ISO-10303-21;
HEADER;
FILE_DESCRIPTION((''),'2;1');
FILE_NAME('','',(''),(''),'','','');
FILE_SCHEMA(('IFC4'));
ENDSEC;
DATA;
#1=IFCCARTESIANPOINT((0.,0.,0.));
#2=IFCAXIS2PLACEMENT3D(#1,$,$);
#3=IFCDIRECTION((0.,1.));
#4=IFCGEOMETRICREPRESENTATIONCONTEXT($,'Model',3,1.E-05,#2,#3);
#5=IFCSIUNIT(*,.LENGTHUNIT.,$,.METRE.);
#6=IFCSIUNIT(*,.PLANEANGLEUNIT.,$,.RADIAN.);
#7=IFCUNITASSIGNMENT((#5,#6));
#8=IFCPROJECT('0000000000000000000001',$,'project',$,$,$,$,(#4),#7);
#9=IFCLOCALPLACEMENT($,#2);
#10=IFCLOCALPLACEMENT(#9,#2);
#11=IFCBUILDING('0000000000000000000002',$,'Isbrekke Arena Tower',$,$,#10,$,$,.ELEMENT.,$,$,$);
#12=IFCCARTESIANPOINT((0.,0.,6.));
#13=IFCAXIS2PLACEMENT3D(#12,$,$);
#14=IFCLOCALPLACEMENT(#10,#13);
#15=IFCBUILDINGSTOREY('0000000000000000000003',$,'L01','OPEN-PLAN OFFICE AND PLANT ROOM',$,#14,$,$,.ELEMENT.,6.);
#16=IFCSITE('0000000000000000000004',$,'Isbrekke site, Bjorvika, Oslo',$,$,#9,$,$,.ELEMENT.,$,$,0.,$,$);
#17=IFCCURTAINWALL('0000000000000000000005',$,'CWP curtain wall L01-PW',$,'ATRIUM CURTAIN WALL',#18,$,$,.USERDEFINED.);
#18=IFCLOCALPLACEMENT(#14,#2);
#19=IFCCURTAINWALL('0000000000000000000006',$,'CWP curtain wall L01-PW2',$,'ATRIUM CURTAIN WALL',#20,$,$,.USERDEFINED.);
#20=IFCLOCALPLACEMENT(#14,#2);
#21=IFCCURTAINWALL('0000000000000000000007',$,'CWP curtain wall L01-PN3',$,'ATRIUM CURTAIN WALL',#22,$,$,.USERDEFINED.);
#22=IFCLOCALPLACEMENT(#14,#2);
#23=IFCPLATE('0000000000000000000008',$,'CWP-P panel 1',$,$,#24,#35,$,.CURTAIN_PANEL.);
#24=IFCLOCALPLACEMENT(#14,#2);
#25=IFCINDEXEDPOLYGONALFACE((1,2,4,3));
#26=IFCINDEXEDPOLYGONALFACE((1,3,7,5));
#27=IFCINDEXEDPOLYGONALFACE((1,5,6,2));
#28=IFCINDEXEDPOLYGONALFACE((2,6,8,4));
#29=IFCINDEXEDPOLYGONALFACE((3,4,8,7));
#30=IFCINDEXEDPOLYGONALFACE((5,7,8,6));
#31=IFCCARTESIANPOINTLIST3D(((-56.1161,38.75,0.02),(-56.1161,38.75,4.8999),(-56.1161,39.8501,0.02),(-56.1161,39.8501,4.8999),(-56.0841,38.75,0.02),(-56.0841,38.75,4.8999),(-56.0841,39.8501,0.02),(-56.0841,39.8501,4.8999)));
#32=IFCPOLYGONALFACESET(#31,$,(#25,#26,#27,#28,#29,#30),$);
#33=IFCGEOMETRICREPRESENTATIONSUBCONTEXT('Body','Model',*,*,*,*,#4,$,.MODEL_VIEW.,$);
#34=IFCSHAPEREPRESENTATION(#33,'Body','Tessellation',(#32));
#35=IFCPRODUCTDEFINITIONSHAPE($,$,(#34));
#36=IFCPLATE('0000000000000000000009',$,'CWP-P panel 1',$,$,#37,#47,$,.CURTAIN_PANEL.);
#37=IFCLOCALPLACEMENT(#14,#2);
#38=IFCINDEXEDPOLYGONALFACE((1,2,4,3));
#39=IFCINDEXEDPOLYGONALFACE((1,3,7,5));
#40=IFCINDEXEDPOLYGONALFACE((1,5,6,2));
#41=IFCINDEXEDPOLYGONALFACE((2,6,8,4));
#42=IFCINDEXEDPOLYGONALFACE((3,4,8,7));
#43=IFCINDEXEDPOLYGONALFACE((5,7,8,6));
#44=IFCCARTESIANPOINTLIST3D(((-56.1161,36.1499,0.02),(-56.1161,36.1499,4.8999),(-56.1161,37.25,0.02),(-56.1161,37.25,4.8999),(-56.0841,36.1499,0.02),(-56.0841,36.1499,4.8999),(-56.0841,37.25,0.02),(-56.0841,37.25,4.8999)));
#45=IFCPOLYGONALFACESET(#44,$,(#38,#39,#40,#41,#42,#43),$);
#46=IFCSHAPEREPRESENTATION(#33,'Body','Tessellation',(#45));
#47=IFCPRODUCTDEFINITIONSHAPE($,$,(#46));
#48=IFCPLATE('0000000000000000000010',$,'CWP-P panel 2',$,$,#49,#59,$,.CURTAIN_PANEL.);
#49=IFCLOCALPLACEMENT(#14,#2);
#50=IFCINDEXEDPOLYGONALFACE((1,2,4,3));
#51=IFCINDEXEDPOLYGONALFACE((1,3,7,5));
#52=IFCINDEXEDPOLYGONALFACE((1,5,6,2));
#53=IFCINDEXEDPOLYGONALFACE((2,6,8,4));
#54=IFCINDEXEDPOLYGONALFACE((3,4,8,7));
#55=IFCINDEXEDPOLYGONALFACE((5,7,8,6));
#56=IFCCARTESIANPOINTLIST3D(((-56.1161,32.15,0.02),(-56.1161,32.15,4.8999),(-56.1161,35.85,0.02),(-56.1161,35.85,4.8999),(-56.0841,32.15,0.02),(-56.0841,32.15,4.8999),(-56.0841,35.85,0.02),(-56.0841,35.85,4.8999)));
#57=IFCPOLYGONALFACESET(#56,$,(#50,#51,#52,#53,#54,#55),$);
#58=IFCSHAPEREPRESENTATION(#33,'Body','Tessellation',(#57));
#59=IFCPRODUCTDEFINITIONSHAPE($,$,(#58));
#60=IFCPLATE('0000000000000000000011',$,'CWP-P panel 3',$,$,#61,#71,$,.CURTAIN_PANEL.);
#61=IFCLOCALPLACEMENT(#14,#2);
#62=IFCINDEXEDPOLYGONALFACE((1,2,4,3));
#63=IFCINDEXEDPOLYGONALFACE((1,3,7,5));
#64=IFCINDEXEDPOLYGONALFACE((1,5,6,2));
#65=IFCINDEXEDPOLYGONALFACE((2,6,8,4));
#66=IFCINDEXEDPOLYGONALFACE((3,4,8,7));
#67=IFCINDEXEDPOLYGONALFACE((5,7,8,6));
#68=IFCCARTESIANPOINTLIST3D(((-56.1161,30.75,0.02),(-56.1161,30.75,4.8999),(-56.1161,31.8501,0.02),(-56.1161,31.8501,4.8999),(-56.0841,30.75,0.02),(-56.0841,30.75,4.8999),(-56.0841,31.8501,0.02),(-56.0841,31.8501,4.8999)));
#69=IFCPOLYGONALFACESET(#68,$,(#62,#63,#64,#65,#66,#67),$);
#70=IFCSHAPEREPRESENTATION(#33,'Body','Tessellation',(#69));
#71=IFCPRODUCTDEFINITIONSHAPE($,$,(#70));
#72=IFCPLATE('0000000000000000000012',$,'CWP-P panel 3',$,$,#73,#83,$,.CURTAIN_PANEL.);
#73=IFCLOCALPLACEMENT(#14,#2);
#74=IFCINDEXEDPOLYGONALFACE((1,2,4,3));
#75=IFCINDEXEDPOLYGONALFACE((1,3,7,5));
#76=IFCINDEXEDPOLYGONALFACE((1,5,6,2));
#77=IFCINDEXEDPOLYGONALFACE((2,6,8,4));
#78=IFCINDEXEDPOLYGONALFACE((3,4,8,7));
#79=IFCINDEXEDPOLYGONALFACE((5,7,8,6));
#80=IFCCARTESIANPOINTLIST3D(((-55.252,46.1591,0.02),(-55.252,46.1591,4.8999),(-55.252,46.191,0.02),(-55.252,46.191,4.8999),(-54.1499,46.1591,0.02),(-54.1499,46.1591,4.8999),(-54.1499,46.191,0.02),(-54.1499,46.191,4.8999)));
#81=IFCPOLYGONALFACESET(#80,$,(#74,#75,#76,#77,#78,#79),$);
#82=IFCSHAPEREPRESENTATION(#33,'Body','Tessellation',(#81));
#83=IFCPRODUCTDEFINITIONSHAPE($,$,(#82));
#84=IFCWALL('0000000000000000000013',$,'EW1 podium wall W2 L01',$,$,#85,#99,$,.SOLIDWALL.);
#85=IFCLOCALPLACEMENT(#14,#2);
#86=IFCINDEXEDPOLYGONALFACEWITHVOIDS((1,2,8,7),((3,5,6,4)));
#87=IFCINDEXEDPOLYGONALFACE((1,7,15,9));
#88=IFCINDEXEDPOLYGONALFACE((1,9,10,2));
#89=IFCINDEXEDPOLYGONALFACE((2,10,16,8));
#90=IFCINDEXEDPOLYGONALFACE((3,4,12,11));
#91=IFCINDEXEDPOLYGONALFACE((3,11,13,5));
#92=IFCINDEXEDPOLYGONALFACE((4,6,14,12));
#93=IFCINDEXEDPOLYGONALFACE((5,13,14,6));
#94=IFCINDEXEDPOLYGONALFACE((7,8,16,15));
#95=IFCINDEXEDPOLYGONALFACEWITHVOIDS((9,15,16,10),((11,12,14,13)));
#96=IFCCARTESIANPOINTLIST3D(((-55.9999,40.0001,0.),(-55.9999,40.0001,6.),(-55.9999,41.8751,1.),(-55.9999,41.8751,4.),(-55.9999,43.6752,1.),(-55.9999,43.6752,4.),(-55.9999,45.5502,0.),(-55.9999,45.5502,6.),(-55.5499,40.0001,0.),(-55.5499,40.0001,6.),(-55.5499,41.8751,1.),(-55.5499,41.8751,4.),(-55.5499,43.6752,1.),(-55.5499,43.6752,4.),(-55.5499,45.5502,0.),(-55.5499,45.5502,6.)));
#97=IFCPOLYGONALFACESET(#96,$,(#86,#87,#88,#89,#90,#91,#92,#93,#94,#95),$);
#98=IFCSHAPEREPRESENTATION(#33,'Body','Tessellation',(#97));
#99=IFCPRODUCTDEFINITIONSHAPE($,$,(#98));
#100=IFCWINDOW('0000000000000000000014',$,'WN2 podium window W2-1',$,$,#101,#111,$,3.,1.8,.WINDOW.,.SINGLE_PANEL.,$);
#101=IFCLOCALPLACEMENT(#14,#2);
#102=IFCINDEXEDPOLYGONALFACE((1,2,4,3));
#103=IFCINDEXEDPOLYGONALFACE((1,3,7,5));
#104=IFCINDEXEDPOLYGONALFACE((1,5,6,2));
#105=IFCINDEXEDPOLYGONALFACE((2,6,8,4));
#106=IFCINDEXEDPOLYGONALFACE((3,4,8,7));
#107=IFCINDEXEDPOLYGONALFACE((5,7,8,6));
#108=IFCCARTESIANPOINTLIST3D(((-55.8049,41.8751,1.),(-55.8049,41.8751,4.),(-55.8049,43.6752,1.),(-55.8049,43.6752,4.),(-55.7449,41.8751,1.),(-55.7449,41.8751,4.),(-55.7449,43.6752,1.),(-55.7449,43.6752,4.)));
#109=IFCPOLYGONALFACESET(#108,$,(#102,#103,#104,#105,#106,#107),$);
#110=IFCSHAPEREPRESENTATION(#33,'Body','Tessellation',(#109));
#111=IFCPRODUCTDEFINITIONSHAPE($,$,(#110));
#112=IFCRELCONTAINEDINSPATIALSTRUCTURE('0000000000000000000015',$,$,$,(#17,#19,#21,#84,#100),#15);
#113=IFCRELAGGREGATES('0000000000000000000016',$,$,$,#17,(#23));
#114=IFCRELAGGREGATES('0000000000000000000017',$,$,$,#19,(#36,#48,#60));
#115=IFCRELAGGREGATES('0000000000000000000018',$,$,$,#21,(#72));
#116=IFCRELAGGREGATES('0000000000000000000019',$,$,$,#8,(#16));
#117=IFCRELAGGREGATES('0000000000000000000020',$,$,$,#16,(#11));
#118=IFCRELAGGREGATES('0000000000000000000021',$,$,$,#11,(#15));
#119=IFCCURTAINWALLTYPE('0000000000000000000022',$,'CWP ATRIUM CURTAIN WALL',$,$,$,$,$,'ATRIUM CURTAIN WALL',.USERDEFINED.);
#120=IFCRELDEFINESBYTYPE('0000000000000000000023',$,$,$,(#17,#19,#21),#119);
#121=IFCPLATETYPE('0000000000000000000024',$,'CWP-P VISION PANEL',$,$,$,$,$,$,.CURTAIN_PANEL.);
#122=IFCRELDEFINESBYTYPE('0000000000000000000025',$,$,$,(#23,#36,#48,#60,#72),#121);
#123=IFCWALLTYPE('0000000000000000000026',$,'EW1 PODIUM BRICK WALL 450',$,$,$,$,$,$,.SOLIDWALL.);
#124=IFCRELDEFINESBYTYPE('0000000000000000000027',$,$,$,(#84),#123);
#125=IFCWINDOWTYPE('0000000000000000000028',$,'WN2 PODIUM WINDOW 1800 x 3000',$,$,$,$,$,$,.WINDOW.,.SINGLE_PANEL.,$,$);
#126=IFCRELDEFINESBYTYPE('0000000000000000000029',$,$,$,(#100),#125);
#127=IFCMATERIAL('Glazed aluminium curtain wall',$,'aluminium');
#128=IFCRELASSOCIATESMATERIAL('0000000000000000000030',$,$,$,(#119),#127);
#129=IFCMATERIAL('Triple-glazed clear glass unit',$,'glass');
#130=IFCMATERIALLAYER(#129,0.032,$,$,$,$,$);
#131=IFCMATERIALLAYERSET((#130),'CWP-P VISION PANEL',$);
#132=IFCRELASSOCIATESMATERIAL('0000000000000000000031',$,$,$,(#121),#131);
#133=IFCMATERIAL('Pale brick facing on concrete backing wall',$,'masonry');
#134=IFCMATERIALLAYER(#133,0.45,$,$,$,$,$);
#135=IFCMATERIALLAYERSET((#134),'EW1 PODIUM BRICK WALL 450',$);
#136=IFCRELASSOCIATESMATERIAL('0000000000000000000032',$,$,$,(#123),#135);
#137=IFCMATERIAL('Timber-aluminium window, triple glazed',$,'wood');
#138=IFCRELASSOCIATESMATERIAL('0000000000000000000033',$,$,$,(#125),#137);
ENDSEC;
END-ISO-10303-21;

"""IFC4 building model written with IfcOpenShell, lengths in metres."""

from ifc_helpers import new_model, si_unit, direction, frame, frame_2d, origin, origin_2d, place, context, subcontext, project, spatial, rectangle, extrude, material, layer, layer_set, type_object, element, fill, aggregate, save


model = new_model("IFC4")

# Units and contexts
model_context = context("Model", 3, precision=1e-05, world=origin(), true_north=direction((0.0, 1.0)))
body_context = subcontext(model_context, "Body", "Model", "MODEL_VIEW")
ifc_project = project(units=[si_unit("LENGTHUNIT", "METRE"), si_unit("PLANEANGLEUNIT", "RADIAN")], contexts=[model_context])

# Site, building, storey
site_placement = place(None, origin())
site = spatial("IfcSite", under=ifc_project, at=site_placement, Name="Isbrekke site, Bjorvika, Oslo", CompositionType="ELEMENT", RefElevation=0.0)
building_placement = place(site_placement, origin())
building = spatial("IfcBuilding", under=site, at=building_placement, Name="Isbrekke Arena Tower", CompositionType="ELEMENT")
storey_placement = place(building_placement, frame((0.0, 0.0, 6.0)))
storey = spatial("IfcBuildingStorey", under=building, at=storey_placement, Name="L01", Description="OPEN-PLAN OFFICE AND PLANT ROOM", CompositionType="ELEMENT", Elevation=6.0)

# Curtain walls
ifc_material_1 = material(Name="Glazed aluminium curtain wall", Category="aluminium")
curtain_wall_type = type_object("IfcCurtainWallType", Name="CWP ATRIUM CURTAIN WALL", ElementType="ATRIUM CURTAIN WALL", PredefinedType="USERDEFINED", material=ifc_material_1)
curtain_wall_1_placement = place(storey_placement, origin())
curtain_wall_1 = element("IfcCurtainWall", 1, at=curtain_wall_1_placement, inside=storey, type_object=curtain_wall_type, Name="CWP curtain wall L01-PW", ObjectType="ATRIUM CURTAIN WALL", PredefinedType="USERDEFINED")
curtain_wall_2_placement = place(storey_placement, origin())
curtain_wall_2 = element("IfcCurtainWall", 2, at=curtain_wall_2_placement, inside=storey, type_object=curtain_wall_type, Name="CWP curtain wall L01-PW2", ObjectType="ATRIUM CURTAIN WALL", PredefinedType="USERDEFINED")

# Curtain wall
curtain_wall_3_placement = place(storey_placement, origin())
curtain_wall_3 = element("IfcCurtainWall", 3, at=curtain_wall_3_placement, inside=storey, type_object=curtain_wall_type, Name="CWP curtain wall L01-PN3", ObjectType="ATRIUM CURTAIN WALL", PredefinedType="USERDEFINED")

# Plates
ifc_material_2 = material(Name="Triple-glazed clear glass unit", Category="glass")
ifc_layer_1 = layer(ifc_material_2, 0.032)
ifc_layer_set_1 = layer_set([ifc_layer_1], Name="CWP-P VISION PANEL")
plate_type = type_object("IfcPlateType", Name="CWP-P VISION PANEL", PredefinedType="CURTAIN_PANEL", material=ifc_layer_set_1)
plate_1_placement = place(storey_placement, frame((-56.1001, 39.3, 0.02), z_axis=(0.0, 0.0, 1.0), x_axis=(0.0, -1.0, 0.0)))
plate_1 = element("IfcPlate", 4, at=plate_1_placement, type_object=plate_type, Name="CWP-P panel 1", PredefinedType="CURTAIN_PANEL", context=body_context, shape_type="SweptSolid", body=[
    extrude(rectangle(XDim=1.1001, YDim=0.032, at=origin_2d()), origin(), (0.0, 0.0, 1.0), 4.8799),
])
aggregate(curtain_wall_1, [plate_1])
plate_2_placement = place(storey_placement, frame((-56.1001, 36.7, 0.02), z_axis=(0.0, 0.0, 1.0), x_axis=(0.0, -1.0, 0.0)))
plate_2 = element("IfcPlate", 5, at=plate_2_placement, type_object=plate_type, Name="CWP-P panel 1", PredefinedType="CURTAIN_PANEL", context=body_context, shape_type="SweptSolid", body=[
    extrude(rectangle(XDim=1.1001, YDim=0.032, at=origin_2d()), origin(), (0.0, 0.0, 1.0), 4.8799),
])
plate_3_placement = place(storey_placement, frame((-56.1001, 34.0, 0.02), z_axis=(0.0, 0.0, 1.0), x_axis=(0.0, -1.0, 0.0)))
plate_3 = element("IfcPlate", 6, at=plate_3_placement, type_object=plate_type, Name="CWP-P panel 2", PredefinedType="CURTAIN_PANEL", context=body_context, shape_type="SweptSolid", body=[
    extrude(rectangle(XDim=3.7, YDim=0.032, at=origin_2d()), origin(), (0.0, 0.0, 1.0), 4.8799),
])
plate_4_placement = place(storey_placement, frame((-56.1001, 31.3, 0.02), z_axis=(0.0, 0.0, 1.0), x_axis=(0.0, -1.0, 0.0)))
plate_4 = element("IfcPlate", 7, at=plate_4_placement, type_object=plate_type, Name="CWP-P panel 3", PredefinedType="CURTAIN_PANEL", context=body_context, shape_type="SweptSolid", body=[
    extrude(rectangle(XDim=1.1001, YDim=0.032, at=origin_2d()), origin(), (0.0, 0.0, 1.0), 4.8799),
])
aggregate(curtain_wall_2, [plate_2, plate_3, plate_4])
plate_5_placement = place(storey_placement, frame((-54.7009, 46.175, 0.02), z_axis=(0.0, 0.0, 1.0), x_axis=(-1.0, 0.0, 0.0)))
plate_5 = element("IfcPlate", 8, at=plate_5_placement, type_object=plate_type, Name="CWP-P panel 3", PredefinedType="CURTAIN_PANEL", context=body_context, shape_type="SweptSolid", body=[
    extrude(rectangle(XDim=1.1021, YDim=0.032, at=origin_2d()), origin(), (0.0, 0.0, 1.0), 4.8799),
])
aggregate(curtain_wall_3, [plate_5])

# Wall, opening, window
ifc_material_3 = material(Name="Pale brick facing on concrete backing wall", Category="masonry")
ifc_layer_2 = layer(ifc_material_3, 0.45)
ifc_layer_set_2 = layer_set([ifc_layer_2], Name="EW1 PODIUM BRICK WALL 450")
wall_type = type_object("IfcWallType", Name="EW1 PODIUM BRICK WALL 450", PredefinedType="SOLIDWALL", material=ifc_layer_set_2)
wall_placement = place(storey_placement, frame((-55.7749, 45.55, 0.0), z_axis=(0.0, 0.0, 1.0), x_axis=(0.0, -1.0, 0.0)))
wall = element("IfcWall", 9, at=wall_placement, inside=storey, type_object=wall_type, Name="EW1 podium wall W2 L01", PredefinedType="SOLIDWALL", context=body_context, shape_type="SweptSolid", body=[
    extrude(rectangle(XDim=5.55, YDim=0.45, at=frame_2d((2.7749, 0.0))), origin(), (0.0, 0.0, 1.0), 6.0),
])
opening_placement = place(wall_placement, frame((1.875, 0.0, 1.0)))
opening = element("IfcOpeningElement", 10, at=opening_placement, cuts=wall, PredefinedType="OPENING", context=body_context, shape_type="SweptSolid", body=[
    extrude(rectangle(XDim=1.8, YDim=3.0, at=frame_2d((0.8999, 1.5))), frame((0.0, 0.2397, 0.0), z_axis=(0.0, -1.0, 0.0), x_axis=(1.0, 0.0, 0.0)), (0.0, 0.0, 1.0), 0.4797),
])
ifc_material_4 = material(Name="Timber-aluminium window, triple glazed", Category="wood")
window_type = type_object("IfcWindowType", Name="WN2 PODIUM WINDOW 1800 x 3000", PartitioningType="SINGLE_PANEL", PredefinedType="WINDOW", material=ifc_material_4)
window_placement = place(opening_placement, origin())
window = element("IfcWindow", 11, at=window_placement, inside=storey, type_object=window_type, Name="WN2 podium window W2-1", OverallHeight=3.0, OverallWidth=1.8, PartitioningType="SINGLE_PANEL", PredefinedType="WINDOW", context=body_context, shape_type="SweptSolid", body=[
    extrude(rectangle(XDim=1.8, YDim=3.0, at=frame_2d((0.8999, 1.5))), frame((0.0, 0.03, 0.0), z_axis=(0.0, -1.0, 0.0), x_axis=(1.0, 0.0, 0.0)), (0.0, 0.0, 1.0), 0.0601),
])
fill(opening, window)

save(model, "model.ifc")
